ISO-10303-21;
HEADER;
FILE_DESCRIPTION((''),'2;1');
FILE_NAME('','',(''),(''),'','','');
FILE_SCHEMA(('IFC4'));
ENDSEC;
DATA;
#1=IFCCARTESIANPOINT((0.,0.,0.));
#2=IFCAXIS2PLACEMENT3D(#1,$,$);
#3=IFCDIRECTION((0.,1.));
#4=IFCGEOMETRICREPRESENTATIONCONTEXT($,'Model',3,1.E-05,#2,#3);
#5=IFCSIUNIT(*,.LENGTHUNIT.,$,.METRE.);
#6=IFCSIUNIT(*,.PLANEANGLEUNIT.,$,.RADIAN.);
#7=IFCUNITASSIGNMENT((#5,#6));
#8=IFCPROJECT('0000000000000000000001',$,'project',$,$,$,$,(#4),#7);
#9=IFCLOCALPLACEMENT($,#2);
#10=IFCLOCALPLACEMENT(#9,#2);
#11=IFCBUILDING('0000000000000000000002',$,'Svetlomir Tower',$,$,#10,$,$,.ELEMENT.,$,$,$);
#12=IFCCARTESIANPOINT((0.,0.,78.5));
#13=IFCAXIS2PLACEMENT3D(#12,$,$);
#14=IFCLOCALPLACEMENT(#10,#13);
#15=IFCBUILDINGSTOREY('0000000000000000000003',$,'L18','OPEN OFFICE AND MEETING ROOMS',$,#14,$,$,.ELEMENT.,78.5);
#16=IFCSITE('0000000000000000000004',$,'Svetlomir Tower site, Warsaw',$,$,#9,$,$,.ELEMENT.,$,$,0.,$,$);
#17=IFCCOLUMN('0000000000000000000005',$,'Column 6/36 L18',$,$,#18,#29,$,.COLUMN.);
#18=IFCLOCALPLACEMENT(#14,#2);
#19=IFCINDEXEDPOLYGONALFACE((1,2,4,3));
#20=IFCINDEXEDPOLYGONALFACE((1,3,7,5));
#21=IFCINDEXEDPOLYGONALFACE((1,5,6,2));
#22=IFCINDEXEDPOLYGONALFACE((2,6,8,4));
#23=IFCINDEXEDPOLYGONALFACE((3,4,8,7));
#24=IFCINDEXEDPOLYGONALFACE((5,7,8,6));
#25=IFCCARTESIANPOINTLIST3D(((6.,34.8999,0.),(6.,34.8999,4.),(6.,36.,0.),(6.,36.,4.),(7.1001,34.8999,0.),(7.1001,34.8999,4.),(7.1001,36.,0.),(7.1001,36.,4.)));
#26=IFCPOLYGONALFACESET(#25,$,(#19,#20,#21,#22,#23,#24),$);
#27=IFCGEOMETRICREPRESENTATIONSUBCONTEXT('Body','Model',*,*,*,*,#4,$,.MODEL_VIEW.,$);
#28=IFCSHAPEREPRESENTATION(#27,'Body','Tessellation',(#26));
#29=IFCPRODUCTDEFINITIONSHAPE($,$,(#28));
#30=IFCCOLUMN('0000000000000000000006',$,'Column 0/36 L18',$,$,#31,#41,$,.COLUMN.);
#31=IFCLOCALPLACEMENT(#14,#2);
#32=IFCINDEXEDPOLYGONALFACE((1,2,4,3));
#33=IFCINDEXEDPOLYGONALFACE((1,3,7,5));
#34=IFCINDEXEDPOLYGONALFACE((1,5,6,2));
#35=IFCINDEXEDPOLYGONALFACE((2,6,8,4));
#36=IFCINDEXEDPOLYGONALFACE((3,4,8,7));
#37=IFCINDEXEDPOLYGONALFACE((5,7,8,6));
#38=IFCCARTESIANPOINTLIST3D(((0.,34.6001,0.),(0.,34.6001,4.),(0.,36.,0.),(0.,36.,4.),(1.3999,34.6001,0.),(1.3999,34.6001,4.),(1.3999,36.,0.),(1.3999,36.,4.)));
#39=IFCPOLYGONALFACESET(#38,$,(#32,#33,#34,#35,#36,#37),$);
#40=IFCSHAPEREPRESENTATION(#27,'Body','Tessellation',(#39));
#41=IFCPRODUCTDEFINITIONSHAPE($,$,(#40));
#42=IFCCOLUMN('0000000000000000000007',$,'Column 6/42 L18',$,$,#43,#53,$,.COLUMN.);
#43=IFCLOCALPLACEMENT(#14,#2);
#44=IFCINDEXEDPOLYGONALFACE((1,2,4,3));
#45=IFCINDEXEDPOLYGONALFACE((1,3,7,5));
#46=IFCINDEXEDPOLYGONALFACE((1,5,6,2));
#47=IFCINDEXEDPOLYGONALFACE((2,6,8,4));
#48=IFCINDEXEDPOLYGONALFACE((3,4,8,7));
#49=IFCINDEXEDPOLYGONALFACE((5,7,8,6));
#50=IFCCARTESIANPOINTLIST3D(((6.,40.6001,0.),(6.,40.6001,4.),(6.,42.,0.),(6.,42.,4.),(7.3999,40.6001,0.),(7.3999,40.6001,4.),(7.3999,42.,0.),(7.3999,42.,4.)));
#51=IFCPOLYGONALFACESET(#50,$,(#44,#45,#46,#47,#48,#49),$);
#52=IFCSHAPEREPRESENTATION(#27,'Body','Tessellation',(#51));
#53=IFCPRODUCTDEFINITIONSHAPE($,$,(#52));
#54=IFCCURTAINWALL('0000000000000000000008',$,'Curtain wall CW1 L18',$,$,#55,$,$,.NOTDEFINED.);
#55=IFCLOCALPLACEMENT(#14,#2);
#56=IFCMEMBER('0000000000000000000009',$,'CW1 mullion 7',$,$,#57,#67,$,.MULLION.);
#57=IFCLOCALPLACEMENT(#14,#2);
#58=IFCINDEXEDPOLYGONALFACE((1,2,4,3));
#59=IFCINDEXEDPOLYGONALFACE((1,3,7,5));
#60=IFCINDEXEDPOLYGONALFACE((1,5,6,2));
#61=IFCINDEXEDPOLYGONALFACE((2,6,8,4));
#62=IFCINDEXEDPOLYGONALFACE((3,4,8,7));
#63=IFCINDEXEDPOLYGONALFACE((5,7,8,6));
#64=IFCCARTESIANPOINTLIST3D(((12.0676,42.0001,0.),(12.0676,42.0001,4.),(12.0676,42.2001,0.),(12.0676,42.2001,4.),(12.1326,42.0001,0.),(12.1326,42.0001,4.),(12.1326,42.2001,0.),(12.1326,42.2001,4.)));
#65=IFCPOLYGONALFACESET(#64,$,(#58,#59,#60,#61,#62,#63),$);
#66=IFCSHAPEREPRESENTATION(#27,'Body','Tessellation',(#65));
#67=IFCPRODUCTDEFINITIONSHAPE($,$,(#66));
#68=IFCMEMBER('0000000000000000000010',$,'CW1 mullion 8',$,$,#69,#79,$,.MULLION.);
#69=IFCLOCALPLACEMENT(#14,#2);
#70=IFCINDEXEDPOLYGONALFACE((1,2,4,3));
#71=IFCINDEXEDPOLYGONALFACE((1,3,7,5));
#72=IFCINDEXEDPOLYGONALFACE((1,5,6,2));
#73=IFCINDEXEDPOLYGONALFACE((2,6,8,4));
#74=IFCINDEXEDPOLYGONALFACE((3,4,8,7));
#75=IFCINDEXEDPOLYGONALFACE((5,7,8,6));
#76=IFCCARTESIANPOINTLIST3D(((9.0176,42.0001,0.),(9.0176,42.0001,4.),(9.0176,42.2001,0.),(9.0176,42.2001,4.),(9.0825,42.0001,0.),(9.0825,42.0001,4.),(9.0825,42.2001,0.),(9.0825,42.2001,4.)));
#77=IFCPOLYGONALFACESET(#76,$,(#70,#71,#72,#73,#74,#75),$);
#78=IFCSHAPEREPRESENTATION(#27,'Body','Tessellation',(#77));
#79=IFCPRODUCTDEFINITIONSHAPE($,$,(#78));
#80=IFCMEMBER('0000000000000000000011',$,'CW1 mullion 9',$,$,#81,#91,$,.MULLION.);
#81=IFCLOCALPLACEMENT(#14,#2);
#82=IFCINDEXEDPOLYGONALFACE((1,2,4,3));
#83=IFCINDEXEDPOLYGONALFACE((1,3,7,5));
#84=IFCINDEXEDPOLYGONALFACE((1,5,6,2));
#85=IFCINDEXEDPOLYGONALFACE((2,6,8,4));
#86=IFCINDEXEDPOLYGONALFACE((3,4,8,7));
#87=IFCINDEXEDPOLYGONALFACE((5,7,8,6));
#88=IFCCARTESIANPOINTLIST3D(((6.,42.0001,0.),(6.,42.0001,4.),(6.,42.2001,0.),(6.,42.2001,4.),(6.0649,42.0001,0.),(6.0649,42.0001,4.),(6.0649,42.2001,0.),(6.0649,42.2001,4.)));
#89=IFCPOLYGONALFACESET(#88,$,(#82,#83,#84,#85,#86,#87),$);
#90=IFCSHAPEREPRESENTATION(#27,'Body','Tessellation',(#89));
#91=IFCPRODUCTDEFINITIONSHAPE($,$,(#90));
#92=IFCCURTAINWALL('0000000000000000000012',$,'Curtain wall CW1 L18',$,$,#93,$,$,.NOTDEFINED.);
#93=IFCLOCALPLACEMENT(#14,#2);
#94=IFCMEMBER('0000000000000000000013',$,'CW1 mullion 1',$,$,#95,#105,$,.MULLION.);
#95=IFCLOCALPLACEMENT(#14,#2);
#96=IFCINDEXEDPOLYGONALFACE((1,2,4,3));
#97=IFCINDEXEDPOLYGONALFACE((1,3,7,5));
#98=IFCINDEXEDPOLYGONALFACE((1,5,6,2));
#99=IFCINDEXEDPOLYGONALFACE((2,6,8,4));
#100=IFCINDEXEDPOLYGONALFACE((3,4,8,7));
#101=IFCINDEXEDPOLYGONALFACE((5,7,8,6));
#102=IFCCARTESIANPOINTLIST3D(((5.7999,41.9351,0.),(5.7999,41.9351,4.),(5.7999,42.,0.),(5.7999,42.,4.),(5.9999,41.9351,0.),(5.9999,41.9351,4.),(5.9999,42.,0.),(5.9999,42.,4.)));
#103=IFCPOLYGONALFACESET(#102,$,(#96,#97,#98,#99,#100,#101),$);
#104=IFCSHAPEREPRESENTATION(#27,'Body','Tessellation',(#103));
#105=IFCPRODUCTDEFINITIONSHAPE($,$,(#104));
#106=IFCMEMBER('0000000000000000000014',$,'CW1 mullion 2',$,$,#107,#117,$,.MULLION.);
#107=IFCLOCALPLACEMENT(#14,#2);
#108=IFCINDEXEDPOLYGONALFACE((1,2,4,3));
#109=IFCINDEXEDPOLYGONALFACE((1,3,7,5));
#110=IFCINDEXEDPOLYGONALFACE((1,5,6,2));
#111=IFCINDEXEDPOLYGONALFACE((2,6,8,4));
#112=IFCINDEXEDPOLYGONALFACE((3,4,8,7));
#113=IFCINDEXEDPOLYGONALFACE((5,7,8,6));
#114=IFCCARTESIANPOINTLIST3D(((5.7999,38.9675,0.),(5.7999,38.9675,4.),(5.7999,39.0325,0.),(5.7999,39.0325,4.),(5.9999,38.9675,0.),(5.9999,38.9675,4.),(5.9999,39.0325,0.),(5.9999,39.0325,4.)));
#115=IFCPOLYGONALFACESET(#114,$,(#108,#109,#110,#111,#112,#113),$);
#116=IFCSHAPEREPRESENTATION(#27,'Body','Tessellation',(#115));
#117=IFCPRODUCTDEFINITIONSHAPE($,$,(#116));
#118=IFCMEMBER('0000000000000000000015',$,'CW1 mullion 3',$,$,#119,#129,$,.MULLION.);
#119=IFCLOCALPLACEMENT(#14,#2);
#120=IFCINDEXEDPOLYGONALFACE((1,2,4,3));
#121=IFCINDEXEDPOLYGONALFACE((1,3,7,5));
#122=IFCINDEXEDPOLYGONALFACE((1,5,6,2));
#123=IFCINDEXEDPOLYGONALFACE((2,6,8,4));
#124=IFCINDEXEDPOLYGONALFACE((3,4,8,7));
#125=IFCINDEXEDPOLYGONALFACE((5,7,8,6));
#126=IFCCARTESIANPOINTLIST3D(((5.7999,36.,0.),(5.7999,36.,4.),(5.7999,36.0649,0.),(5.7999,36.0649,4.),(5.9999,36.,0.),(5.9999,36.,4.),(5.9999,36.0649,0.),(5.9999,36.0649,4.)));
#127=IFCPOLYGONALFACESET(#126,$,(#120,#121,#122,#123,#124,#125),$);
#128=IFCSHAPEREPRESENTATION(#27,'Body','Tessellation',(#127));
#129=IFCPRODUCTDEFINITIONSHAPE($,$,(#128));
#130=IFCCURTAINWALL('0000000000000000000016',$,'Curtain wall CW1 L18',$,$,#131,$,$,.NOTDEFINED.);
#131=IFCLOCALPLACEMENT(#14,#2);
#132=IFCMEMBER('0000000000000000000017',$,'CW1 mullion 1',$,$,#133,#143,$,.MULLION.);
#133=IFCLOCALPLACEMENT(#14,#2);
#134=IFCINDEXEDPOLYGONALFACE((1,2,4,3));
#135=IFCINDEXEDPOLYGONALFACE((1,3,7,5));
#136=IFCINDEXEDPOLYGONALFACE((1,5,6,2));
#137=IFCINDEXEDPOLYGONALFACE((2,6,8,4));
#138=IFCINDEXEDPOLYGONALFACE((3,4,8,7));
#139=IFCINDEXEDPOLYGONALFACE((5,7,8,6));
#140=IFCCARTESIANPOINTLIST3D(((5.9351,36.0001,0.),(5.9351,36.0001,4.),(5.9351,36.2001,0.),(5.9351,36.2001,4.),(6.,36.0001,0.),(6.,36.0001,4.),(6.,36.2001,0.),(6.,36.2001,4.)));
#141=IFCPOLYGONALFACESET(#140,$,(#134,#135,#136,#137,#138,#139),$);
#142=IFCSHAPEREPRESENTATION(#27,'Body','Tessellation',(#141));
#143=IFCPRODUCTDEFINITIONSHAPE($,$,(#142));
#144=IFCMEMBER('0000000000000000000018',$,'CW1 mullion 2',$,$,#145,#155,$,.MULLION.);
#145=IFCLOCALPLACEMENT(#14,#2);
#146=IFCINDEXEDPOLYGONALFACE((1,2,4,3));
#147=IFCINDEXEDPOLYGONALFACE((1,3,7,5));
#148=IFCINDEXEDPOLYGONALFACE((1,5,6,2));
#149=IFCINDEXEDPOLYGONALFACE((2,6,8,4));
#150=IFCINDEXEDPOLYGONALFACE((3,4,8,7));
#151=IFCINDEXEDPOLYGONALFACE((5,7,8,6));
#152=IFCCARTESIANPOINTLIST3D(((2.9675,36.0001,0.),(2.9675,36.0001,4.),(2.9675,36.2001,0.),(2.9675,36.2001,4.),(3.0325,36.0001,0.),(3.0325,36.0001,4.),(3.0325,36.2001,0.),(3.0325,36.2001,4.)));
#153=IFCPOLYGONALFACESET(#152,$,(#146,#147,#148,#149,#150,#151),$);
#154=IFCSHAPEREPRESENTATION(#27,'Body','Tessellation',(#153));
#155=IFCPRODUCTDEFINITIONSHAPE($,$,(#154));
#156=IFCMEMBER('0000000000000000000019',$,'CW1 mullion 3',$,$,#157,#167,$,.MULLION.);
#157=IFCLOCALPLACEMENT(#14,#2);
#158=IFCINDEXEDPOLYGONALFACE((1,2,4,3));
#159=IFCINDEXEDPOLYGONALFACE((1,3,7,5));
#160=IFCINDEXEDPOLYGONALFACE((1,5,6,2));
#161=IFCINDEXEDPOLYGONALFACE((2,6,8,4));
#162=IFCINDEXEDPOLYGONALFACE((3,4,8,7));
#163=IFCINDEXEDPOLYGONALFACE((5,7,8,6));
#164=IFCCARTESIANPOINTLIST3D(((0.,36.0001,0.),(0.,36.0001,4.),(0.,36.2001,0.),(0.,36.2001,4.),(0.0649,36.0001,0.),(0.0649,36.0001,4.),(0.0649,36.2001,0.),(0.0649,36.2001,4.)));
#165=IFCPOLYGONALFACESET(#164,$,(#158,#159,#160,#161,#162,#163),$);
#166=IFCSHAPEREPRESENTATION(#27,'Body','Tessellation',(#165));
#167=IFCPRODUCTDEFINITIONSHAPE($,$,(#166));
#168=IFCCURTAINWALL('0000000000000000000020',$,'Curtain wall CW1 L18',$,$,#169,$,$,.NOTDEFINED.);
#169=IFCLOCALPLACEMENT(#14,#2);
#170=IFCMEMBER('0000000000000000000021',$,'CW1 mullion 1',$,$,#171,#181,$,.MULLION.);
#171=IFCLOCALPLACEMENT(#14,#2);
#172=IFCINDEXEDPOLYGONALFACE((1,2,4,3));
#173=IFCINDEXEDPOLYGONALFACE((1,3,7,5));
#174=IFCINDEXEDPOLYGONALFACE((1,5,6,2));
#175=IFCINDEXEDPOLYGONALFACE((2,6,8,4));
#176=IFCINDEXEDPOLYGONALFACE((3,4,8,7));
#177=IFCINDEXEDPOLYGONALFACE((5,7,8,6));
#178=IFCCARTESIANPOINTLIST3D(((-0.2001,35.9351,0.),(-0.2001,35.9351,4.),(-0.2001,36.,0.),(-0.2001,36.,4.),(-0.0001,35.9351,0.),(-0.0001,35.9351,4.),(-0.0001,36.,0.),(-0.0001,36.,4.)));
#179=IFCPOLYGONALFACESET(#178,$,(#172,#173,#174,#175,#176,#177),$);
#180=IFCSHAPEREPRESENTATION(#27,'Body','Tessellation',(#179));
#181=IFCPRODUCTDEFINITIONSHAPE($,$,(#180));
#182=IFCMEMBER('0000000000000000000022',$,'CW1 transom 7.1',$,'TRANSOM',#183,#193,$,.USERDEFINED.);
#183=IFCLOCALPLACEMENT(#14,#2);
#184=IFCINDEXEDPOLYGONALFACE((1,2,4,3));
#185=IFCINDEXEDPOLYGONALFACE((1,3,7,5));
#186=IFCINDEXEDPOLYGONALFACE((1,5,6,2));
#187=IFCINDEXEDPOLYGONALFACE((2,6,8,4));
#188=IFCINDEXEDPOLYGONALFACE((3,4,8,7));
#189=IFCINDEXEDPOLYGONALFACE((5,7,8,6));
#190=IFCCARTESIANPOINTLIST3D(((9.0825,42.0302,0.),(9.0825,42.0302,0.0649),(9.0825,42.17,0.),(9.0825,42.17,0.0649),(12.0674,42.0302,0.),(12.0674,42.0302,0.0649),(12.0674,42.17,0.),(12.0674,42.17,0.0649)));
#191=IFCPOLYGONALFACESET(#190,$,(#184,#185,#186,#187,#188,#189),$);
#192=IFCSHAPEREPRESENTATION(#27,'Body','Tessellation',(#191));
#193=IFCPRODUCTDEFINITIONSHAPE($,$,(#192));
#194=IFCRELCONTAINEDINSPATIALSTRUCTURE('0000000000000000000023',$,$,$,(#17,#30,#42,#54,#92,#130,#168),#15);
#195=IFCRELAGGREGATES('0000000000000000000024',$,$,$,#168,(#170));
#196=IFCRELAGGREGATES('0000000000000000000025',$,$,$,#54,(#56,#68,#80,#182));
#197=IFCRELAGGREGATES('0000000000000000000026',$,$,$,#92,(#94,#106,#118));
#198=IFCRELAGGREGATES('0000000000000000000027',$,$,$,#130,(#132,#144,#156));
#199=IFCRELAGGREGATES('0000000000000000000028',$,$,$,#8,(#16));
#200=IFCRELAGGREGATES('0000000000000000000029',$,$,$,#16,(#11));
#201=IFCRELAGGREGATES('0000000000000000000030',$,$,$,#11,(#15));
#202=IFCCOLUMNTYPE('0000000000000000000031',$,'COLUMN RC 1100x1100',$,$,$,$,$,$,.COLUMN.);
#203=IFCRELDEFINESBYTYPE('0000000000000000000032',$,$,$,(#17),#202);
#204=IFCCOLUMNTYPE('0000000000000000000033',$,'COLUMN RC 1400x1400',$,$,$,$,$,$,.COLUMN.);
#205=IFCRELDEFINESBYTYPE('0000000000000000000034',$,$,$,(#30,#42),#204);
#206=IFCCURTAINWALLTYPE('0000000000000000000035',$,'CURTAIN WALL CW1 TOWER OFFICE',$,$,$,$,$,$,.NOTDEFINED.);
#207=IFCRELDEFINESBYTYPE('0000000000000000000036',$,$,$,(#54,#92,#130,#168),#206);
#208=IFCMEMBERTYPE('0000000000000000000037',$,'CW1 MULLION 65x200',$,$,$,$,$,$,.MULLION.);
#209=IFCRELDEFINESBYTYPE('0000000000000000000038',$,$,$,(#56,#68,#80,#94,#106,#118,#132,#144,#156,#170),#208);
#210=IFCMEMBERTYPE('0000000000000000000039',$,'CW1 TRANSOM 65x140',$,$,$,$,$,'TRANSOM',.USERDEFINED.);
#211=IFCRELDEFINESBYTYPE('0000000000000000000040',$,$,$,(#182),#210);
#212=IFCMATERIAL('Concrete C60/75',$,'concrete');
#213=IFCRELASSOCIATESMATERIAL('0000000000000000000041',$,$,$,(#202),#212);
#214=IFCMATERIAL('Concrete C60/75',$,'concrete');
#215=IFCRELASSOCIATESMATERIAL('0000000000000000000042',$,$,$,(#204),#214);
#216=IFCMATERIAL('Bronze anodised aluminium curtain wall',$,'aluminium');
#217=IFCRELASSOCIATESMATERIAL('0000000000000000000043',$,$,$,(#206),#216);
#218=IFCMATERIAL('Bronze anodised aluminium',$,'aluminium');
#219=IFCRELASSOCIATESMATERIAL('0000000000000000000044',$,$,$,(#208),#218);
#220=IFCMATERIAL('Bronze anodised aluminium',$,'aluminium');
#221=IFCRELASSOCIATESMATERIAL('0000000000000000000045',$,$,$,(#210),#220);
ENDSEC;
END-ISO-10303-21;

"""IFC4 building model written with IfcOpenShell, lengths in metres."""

from ifc_helpers import new_model, si_unit, direction, frame, origin, origin_2d, place, context, subcontext, project, spatial, rectangle, extrude, material, material_profile, profile_set, type_object, element, aggregate, save


model = new_model("IFC4")

# Units and contexts
model_context = context("Model", 3, precision=1e-05, world=origin(), true_north=direction((0.0, 1.0)))
body_context = subcontext(model_context, "Body", "Model", "MODEL_VIEW")
ifc_project = project(units=[si_unit("LENGTHUNIT", "METRE"), si_unit("PLANEANGLEUNIT", "RADIAN")], contexts=[model_context])

# Site, building, storey
site_placement = place(None, origin())
site = spatial("IfcSite", under=ifc_project, at=site_placement, Name="Svetlomir Tower site, Warsaw", CompositionType="ELEMENT", RefElevation=0.0)
building_placement = place(site_placement, origin())
building = spatial("IfcBuilding", under=site, at=building_placement, Name="Svetlomir Tower", CompositionType="ELEMENT")
storey_placement = place(building_placement, frame((0.0, 0.0, 78.5)))
storey = spatial("IfcBuildingStorey", under=building, at=storey_placement, Name="L18", Description="OPEN OFFICE AND MEETING ROOMS", CompositionType="ELEMENT", Elevation=78.5)

# Columns
ifc_material_1 = material(Name="Concrete C60/75", Category="concrete")
ifc_material_profile_1 = material_profile(ifc_material_1, rectangle(XDim=1.1001, YDim=1.1001, at=origin_2d()), Name="RC 1100x1100")
ifc_profile_set_1 = profile_set([ifc_material_profile_1], Name="Concrete C60/75")
column_type_1 = type_object("IfcColumnType", Name="COLUMN RC 1100x1100", PredefinedType="COLUMN", material=ifc_profile_set_1)
column_placement = place(storey_placement, frame((6.55, 35.45, 0.0), z_axis=(0.0, 0.0, 1.0), x_axis=(1.0, 0.0, 0.0)))
element("IfcColumn", 1, at=column_placement, inside=storey, type_object=column_type_1, Name="Column 6/36 L18", PredefinedType="COLUMN", context=body_context, shape_type="SweptSolid", body=[
    extrude(rectangle(XDim=1.1001, YDim=1.1001, at=origin_2d()), origin(), (0.0, 0.0, 1.0), 4.0),
])
ifc_material_2 = material(Name="Concrete C60/75", Category="concrete")
ifc_material_profile_2 = material_profile(ifc_material_2, rectangle(XDim=1.3999, YDim=1.3999, at=origin_2d()), Name="RC 1400x1400")
ifc_profile_set_2 = profile_set([ifc_material_profile_2], Name="Concrete C60/75")
column_type_2 = type_object("IfcColumnType", Name="COLUMN RC 1400x1400", PredefinedType="COLUMN", material=ifc_profile_set_2)
for number, where, z_axis, x_axis, name in (
    (2, (0.7, 35.3, 0.0), (0.0, 0.0, 1.0), (1.0, 0.0, 0.0), "Column 0/36 L18"),
    (3, (6.7, 41.3, 0.0), (0.0, 0.0, 1.0), (1.0, 0.0, 0.0), "Column 6/42 L18"),
):
    element("IfcColumn", number, at=place(storey_placement, frame(where, z_axis=z_axis, x_axis=x_axis)), inside=storey, type_object=column_type_2, Name=name, PredefinedType="COLUMN", context=body_context, shape_type="SweptSolid", body=[
        extrude(rectangle(XDim=1.3999, YDim=1.3999, at=origin_2d()), origin(), (0.0, 0.0, 1.0), 4.0),
    ])

# Curtain walls, members
ifc_material_3 = material(Name="Bronze anodised aluminium curtain wall", Category="aluminium")
curtain_wall_type = type_object("IfcCurtainWallType", Name="CURTAIN WALL CW1 TOWER OFFICE", PredefinedType="NOTDEFINED", material=ifc_material_3)
curtain_wall_1_placement = place(storey_placement, origin())
curtain_wall_1 = element("IfcCurtainWall", 4, at=curtain_wall_1_placement, inside=storey, type_object=curtain_wall_type, Name="Curtain wall CW1 L18", PredefinedType="NOTDEFINED")
ifc_material_4 = material(Name="Bronze anodised aluminium", Category="aluminium")
ifc_material_profile_3 = material_profile(ifc_material_4, rectangle(XDim=0.0649, YDim=0.2, at=origin_2d()), Name="AL 65x200")
ifc_profile_set_3 = profile_set([ifc_material_profile_3], Name="Bronze anodised aluminium 6063-T6")
member_type_1 = type_object("IfcMemberType", Name="CW1 MULLION 65x200", PredefinedType="MULLION", material=ifc_profile_set_3)
member_1_placement = place(storey_placement, frame((12.1001, 42.1001, 0.0), z_axis=(0.0, 0.0, 1.0), x_axis=(-1.0, 0.0, 0.0)))
member_1 = element("IfcMember", 5, at=member_1_placement, type_object=member_type_1, Name="CW1 mullion 7", PredefinedType="MULLION", context=body_context, shape_type="SweptSolid", body=[
    extrude(rectangle(XDim=0.0649, YDim=0.2, at=origin_2d()), origin(), (0.0, 0.0, 1.0), 4.0),
])
member_2_placement = place(storey_placement, frame((9.05, 42.1001, 0.0), z_axis=(0.0, 0.0, 1.0), x_axis=(-1.0, 0.0, 0.0)))
member_2 = element("IfcMember", 6, at=member_2_placement, type_object=member_type_1, Name="CW1 mullion 8", PredefinedType="MULLION", context=body_context, shape_type="SweptSolid", body=[
    extrude(rectangle(XDim=0.0649, YDim=0.2, at=origin_2d()), origin(), (0.0, 0.0, 1.0), 4.0),
])
member_3_placement = place(storey_placement, frame((6.0325, 42.1001, 0.0), z_axis=(0.0, 0.0, 1.0), x_axis=(-1.0, 0.0, 0.0)))
member_3 = element("IfcMember", 7, at=member_3_placement, type_object=member_type_1, Name="CW1 mullion 9", PredefinedType="MULLION", context=body_context, shape_type="SweptSolid", body=[
    extrude(rectangle(XDim=0.0649, YDim=0.2, at=origin_2d()), origin(), (0.0, 0.0, 1.0), 4.0),
])
curtain_wall_2_placement = place(storey_placement, origin())
curtain_wall_2 = element("IfcCurtainWall", 8, at=curtain_wall_2_placement, inside=storey, type_object=curtain_wall_type, Name="Curtain wall CW1 L18", PredefinedType="NOTDEFINED")
member_4_placement = place(storey_placement, frame((5.8999, 41.9675, 0.0), z_axis=(0.0, 0.0, 1.0), x_axis=(0.0, -1.0, 0.0)))
member_4 = element("IfcMember", 9, at=member_4_placement, type_object=member_type_1, Name="CW1 mullion 1", PredefinedType="MULLION", context=body_context, shape_type="SweptSolid", body=[
    extrude(rectangle(XDim=0.0649, YDim=0.2, at=origin_2d()), origin(), (0.0, 0.0, 1.0), 4.0),
])
member_5_placement = place(storey_placement, frame((5.8999, 39.0, 0.0), z_axis=(0.0, 0.0, 1.0), x_axis=(0.0, -1.0, 0.0)))
member_5 = element("IfcMember", 10, at=member_5_placement, type_object=member_type_1, Name="CW1 mullion 2", PredefinedType="MULLION", context=body_context, shape_type="SweptSolid", body=[
    extrude(rectangle(XDim=0.0649, YDim=0.2, at=origin_2d()), origin(), (0.0, 0.0, 1.0), 4.0),
])
member_6_placement = place(storey_placement, frame((5.8999, 36.0325, 0.0), z_axis=(0.0, 0.0, 1.0), x_axis=(0.0, -1.0, 0.0)))
member_6 = element("IfcMember", 11, at=member_6_placement, type_object=member_type_1, Name="CW1 mullion 3", PredefinedType="MULLION", context=body_context, shape_type="SweptSolid", body=[
    extrude(rectangle(XDim=0.0649, YDim=0.2, at=origin_2d()), origin(), (0.0, 0.0, 1.0), 4.0),
])
curtain_wall_3_placement = place(storey_placement, origin())
curtain_wall_3 = element("IfcCurtainWall", 12, at=curtain_wall_3_placement, inside=storey, type_object=curtain_wall_type, Name="Curtain wall CW1 L18", PredefinedType="NOTDEFINED")
member_7_placement = place(storey_placement, frame((5.9675, 36.1001, 0.0), z_axis=(0.0, 0.0, 1.0), x_axis=(-1.0, 0.0, 0.0)))
member_7 = element("IfcMember", 13, at=member_7_placement, type_object=member_type_1, Name="CW1 mullion 1", PredefinedType="MULLION", context=body_context, shape_type="SweptSolid", body=[
    extrude(rectangle(XDim=0.0649, YDim=0.2, at=origin_2d()), origin(), (0.0, 0.0, 1.0), 4.0),
])
member_8_placement = place(storey_placement, frame((3.0, 36.1001, 0.0), z_axis=(0.0, 0.0, 1.0), x_axis=(-1.0, 0.0, 0.0)))
member_8 = element("IfcMember", 14, at=member_8_placement, type_object=member_type_1, Name="CW1 mullion 2", PredefinedType="MULLION", context=body_context, shape_type="SweptSolid", body=[
    extrude(rectangle(XDim=0.0649, YDim=0.2, at=origin_2d()), origin(), (0.0, 0.0, 1.0), 4.0),
])
member_9_placement = place(storey_placement, frame((0.0325, 36.1001, 0.0), z_axis=(0.0, 0.0, 1.0), x_axis=(-1.0, 0.0, 0.0)))
member_9 = element("IfcMember", 15, at=member_9_placement, type_object=member_type_1, Name="CW1 mullion 3", PredefinedType="MULLION", context=body_context, shape_type="SweptSolid", body=[
    extrude(rectangle(XDim=0.0649, YDim=0.2, at=origin_2d()), origin(), (0.0, 0.0, 1.0), 4.0),
])

# Curtain wall, member
curtain_wall_4_placement = place(storey_placement, origin())
curtain_wall_4 = element("IfcCurtainWall", 16, at=curtain_wall_4_placement, inside=storey, type_object=curtain_wall_type, Name="Curtain wall CW1 L18", PredefinedType="NOTDEFINED")
member_10_placement = place(storey_placement, frame((-0.1001, 35.9675, 0.0), z_axis=(0.0, 0.0, 1.0), x_axis=(0.0, -1.0, 0.0)))
member_10 = element("IfcMember", 17, at=member_10_placement, type_object=member_type_1, Name="CW1 mullion 1", PredefinedType="MULLION", context=body_context, shape_type="SweptSolid", body=[
    extrude(rectangle(XDim=0.0649, YDim=0.2, at=origin_2d()), origin(), (0.0, 0.0, 1.0), 4.0),
])

# Member
ifc_material_5 = material(Name="Bronze anodised aluminium", Category="aluminium")
ifc_material_profile_4 = material_profile(ifc_material_5, rectangle(XDim=0.1399, YDim=0.0649, at=origin_2d()), Name="AL 140x65")
ifc_profile_set_4 = profile_set([ifc_material_profile_4], Name="Bronze anodised aluminium 6063-T6")
member_type_2 = type_object("IfcMemberType", Name="CW1 TRANSOM 65x140", ElementType="TRANSOM", PredefinedType="USERDEFINED", material=ifc_profile_set_4)
member_11_placement = place(storey_placement, frame((12.0674, 42.1001, 0.0325), z_axis=(-1.0, 0.0, 0.0), x_axis=(0.0, -1.0, 0.0)))
member_11 = element("IfcMember", 18, at=member_11_placement, type_object=member_type_2, Name="CW1 transom 7.1", ObjectType="TRANSOM", PredefinedType="USERDEFINED", context=body_context, shape_type="SweptSolid", body=[
    extrude(rectangle(XDim=0.1399, YDim=0.0649, at=origin_2d()), origin(), (0.0, 0.0, 1.0), 2.9849),
])
aggregate(curtain_wall_4, [member_10])

aggregate(curtain_wall_1, [member_1, member_2, member_3, member_11])
aggregate(curtain_wall_2, [member_4, member_5, member_6])
aggregate(curtain_wall_3, [member_7, member_8, member_9])

save(model, "model.ifc")
